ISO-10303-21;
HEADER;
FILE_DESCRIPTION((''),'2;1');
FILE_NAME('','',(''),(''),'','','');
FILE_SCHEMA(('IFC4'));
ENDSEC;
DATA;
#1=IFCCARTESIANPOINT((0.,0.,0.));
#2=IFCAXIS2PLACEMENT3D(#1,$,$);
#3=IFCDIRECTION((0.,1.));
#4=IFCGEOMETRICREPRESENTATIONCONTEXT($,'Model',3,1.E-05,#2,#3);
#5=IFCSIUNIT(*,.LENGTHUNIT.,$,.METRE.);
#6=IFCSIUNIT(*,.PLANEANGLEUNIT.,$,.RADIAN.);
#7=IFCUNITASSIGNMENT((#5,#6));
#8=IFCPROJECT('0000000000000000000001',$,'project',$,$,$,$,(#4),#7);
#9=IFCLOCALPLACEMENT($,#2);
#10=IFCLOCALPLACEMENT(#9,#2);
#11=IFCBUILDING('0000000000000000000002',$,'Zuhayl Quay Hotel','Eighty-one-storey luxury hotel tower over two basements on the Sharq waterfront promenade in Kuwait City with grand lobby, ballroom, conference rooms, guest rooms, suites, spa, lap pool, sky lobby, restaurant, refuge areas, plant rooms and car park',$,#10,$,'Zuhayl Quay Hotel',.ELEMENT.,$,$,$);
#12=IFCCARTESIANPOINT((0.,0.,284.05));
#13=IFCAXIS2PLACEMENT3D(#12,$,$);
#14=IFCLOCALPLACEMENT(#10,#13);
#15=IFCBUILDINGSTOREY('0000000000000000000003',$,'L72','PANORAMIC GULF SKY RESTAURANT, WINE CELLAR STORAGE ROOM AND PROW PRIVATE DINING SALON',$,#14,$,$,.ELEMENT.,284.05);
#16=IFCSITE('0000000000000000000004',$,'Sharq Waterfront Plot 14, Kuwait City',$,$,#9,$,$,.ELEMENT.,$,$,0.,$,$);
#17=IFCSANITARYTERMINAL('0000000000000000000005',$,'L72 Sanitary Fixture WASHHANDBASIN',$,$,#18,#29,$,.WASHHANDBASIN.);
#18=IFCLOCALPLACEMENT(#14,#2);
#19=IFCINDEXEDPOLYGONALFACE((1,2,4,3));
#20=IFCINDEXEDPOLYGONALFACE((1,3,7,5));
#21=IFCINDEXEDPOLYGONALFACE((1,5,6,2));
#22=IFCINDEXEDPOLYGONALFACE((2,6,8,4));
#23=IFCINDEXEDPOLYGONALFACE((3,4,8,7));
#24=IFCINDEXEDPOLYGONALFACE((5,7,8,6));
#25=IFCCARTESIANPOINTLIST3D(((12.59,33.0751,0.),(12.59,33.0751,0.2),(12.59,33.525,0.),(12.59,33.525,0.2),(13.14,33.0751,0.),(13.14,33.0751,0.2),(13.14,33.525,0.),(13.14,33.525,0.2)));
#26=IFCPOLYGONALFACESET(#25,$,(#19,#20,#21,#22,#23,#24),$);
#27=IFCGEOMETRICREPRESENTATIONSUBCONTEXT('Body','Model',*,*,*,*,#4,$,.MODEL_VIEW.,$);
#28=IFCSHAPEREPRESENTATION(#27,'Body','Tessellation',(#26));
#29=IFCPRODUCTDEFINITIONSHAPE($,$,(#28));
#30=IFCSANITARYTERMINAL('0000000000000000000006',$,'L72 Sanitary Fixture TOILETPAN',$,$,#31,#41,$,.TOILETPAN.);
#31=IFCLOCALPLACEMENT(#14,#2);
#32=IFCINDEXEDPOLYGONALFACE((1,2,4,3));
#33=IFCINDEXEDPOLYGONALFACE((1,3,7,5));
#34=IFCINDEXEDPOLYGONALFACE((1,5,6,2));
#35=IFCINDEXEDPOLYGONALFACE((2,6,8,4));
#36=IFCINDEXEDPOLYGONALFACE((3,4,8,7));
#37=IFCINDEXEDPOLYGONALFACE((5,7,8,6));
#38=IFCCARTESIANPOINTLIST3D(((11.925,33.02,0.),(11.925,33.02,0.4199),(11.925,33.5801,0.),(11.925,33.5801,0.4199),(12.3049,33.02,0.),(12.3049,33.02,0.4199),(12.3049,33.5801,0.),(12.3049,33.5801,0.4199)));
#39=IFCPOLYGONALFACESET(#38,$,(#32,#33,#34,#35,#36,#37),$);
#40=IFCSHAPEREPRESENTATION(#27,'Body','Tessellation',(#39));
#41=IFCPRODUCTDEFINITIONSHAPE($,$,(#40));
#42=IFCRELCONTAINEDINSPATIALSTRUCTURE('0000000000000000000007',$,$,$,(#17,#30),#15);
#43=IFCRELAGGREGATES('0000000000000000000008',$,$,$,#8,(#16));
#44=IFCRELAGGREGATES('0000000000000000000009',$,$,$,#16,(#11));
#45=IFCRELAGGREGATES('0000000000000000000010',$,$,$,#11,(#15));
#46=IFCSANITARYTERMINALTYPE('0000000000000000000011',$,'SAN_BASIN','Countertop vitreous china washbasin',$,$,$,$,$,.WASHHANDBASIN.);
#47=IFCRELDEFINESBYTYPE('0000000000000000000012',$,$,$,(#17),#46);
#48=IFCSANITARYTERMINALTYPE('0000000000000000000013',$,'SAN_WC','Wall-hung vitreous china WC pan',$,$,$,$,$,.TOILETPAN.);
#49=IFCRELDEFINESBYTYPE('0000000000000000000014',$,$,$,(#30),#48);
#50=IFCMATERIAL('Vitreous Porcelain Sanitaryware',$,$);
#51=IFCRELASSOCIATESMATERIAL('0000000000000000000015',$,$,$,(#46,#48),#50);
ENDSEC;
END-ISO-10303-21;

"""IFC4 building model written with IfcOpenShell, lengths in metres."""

from ifc_helpers import new_model, si_unit, direction, frame, origin, origin_2d, place, context, subcontext, project, spatial, rectangle, extrude, material, type_object, element, save


model = new_model("IFC4")

# Units and contexts
model_context = context("Model", 3, precision=1e-05, world=origin(), true_north=direction((0.0, 1.0)))
body_context = subcontext(model_context, "Body", "Model", "MODEL_VIEW")
ifc_project = project(units=[si_unit("LENGTHUNIT", "METRE"), si_unit("PLANEANGLEUNIT", "RADIAN")], contexts=[model_context])

# Site, building, storey
site_placement = place(None, origin())
site = spatial("IfcSite", under=ifc_project, at=site_placement, Name="Sharq Waterfront Plot 14, Kuwait City", CompositionType="ELEMENT", RefElevation=0.0)
building_placement = place(site_placement, origin())
building = spatial("IfcBuilding", under=site, at=building_placement, Name="Zuhayl Quay Hotel", Description="Eighty-one-storey luxury hotel tower over two basements on the Sharq waterfront promenade in Kuwait City with grand lobby, ballroom, conference rooms, guest rooms, suites, spa, lap pool, sky lobby, restaurant, refuge areas, plant rooms and car park", LongName="Zuhayl Quay Hotel", CompositionType="ELEMENT")
storey_placement = place(building_placement, frame((0.0, 0.0, 284.05)))
storey = spatial("IfcBuildingStorey", under=building, at=storey_placement, Name="L72", Description="PANORAMIC GULF SKY RESTAURANT, WINE CELLAR STORAGE ROOM AND PROW PRIVATE DINING SALON", CompositionType="ELEMENT", Elevation=284.05)

# Sanitary terminals
ifc_material_1 = material(Name="Vitreous Porcelain Sanitaryware")
sanitary_terminal_type_1 = type_object("IfcSanitaryTerminalType", Name="SAN_BASIN", Description="Countertop vitreous china washbasin", PredefinedType="WASHHANDBASIN", material=ifc_material_1)
sanitary_terminal_1_placement = place(storey_placement, frame((12.865, 33.3, 0.0), z_axis=(0.0, 0.0, 1.0), x_axis=(1.0, 0.0, 0.0)))
element("IfcSanitaryTerminal", 1, at=sanitary_terminal_1_placement, inside=storey, type_object=sanitary_terminal_type_1, Name="L72 Sanitary Fixture WASHHANDBASIN", PredefinedType="WASHHANDBASIN", context=body_context, shape_type="SweptSolid", body=[
    extrude(rectangle(XDim=0.55, YDim=0.45, at=origin_2d()), origin(), (0.0, 0.0, 1.0), 0.2),
])
sanitary_terminal_type_2 = type_object("IfcSanitaryTerminalType", Name="SAN_WC", Description="Wall-hung vitreous china WC pan", PredefinedType="TOILETPAN", material=ifc_material_1)
sanitary_terminal_2_placement = place(storey_placement, frame((12.115, 33.3, 0.0), z_axis=(0.0, 0.0, 1.0), x_axis=(1.0, 0.0, 0.0)))
element("IfcSanitaryTerminal", 2, at=sanitary_terminal_2_placement, inside=storey, type_object=sanitary_terminal_type_2, Name="L72 Sanitary Fixture TOILETPAN", PredefinedType="TOILETPAN", context=body_context, shape_type="SweptSolid", body=[
    extrude(rectangle(XDim=0.3799, YDim=0.5601, at=origin_2d()), origin(), (0.0, 0.0, 1.0), 0.4199),
])

save(model, "model.ifc")
